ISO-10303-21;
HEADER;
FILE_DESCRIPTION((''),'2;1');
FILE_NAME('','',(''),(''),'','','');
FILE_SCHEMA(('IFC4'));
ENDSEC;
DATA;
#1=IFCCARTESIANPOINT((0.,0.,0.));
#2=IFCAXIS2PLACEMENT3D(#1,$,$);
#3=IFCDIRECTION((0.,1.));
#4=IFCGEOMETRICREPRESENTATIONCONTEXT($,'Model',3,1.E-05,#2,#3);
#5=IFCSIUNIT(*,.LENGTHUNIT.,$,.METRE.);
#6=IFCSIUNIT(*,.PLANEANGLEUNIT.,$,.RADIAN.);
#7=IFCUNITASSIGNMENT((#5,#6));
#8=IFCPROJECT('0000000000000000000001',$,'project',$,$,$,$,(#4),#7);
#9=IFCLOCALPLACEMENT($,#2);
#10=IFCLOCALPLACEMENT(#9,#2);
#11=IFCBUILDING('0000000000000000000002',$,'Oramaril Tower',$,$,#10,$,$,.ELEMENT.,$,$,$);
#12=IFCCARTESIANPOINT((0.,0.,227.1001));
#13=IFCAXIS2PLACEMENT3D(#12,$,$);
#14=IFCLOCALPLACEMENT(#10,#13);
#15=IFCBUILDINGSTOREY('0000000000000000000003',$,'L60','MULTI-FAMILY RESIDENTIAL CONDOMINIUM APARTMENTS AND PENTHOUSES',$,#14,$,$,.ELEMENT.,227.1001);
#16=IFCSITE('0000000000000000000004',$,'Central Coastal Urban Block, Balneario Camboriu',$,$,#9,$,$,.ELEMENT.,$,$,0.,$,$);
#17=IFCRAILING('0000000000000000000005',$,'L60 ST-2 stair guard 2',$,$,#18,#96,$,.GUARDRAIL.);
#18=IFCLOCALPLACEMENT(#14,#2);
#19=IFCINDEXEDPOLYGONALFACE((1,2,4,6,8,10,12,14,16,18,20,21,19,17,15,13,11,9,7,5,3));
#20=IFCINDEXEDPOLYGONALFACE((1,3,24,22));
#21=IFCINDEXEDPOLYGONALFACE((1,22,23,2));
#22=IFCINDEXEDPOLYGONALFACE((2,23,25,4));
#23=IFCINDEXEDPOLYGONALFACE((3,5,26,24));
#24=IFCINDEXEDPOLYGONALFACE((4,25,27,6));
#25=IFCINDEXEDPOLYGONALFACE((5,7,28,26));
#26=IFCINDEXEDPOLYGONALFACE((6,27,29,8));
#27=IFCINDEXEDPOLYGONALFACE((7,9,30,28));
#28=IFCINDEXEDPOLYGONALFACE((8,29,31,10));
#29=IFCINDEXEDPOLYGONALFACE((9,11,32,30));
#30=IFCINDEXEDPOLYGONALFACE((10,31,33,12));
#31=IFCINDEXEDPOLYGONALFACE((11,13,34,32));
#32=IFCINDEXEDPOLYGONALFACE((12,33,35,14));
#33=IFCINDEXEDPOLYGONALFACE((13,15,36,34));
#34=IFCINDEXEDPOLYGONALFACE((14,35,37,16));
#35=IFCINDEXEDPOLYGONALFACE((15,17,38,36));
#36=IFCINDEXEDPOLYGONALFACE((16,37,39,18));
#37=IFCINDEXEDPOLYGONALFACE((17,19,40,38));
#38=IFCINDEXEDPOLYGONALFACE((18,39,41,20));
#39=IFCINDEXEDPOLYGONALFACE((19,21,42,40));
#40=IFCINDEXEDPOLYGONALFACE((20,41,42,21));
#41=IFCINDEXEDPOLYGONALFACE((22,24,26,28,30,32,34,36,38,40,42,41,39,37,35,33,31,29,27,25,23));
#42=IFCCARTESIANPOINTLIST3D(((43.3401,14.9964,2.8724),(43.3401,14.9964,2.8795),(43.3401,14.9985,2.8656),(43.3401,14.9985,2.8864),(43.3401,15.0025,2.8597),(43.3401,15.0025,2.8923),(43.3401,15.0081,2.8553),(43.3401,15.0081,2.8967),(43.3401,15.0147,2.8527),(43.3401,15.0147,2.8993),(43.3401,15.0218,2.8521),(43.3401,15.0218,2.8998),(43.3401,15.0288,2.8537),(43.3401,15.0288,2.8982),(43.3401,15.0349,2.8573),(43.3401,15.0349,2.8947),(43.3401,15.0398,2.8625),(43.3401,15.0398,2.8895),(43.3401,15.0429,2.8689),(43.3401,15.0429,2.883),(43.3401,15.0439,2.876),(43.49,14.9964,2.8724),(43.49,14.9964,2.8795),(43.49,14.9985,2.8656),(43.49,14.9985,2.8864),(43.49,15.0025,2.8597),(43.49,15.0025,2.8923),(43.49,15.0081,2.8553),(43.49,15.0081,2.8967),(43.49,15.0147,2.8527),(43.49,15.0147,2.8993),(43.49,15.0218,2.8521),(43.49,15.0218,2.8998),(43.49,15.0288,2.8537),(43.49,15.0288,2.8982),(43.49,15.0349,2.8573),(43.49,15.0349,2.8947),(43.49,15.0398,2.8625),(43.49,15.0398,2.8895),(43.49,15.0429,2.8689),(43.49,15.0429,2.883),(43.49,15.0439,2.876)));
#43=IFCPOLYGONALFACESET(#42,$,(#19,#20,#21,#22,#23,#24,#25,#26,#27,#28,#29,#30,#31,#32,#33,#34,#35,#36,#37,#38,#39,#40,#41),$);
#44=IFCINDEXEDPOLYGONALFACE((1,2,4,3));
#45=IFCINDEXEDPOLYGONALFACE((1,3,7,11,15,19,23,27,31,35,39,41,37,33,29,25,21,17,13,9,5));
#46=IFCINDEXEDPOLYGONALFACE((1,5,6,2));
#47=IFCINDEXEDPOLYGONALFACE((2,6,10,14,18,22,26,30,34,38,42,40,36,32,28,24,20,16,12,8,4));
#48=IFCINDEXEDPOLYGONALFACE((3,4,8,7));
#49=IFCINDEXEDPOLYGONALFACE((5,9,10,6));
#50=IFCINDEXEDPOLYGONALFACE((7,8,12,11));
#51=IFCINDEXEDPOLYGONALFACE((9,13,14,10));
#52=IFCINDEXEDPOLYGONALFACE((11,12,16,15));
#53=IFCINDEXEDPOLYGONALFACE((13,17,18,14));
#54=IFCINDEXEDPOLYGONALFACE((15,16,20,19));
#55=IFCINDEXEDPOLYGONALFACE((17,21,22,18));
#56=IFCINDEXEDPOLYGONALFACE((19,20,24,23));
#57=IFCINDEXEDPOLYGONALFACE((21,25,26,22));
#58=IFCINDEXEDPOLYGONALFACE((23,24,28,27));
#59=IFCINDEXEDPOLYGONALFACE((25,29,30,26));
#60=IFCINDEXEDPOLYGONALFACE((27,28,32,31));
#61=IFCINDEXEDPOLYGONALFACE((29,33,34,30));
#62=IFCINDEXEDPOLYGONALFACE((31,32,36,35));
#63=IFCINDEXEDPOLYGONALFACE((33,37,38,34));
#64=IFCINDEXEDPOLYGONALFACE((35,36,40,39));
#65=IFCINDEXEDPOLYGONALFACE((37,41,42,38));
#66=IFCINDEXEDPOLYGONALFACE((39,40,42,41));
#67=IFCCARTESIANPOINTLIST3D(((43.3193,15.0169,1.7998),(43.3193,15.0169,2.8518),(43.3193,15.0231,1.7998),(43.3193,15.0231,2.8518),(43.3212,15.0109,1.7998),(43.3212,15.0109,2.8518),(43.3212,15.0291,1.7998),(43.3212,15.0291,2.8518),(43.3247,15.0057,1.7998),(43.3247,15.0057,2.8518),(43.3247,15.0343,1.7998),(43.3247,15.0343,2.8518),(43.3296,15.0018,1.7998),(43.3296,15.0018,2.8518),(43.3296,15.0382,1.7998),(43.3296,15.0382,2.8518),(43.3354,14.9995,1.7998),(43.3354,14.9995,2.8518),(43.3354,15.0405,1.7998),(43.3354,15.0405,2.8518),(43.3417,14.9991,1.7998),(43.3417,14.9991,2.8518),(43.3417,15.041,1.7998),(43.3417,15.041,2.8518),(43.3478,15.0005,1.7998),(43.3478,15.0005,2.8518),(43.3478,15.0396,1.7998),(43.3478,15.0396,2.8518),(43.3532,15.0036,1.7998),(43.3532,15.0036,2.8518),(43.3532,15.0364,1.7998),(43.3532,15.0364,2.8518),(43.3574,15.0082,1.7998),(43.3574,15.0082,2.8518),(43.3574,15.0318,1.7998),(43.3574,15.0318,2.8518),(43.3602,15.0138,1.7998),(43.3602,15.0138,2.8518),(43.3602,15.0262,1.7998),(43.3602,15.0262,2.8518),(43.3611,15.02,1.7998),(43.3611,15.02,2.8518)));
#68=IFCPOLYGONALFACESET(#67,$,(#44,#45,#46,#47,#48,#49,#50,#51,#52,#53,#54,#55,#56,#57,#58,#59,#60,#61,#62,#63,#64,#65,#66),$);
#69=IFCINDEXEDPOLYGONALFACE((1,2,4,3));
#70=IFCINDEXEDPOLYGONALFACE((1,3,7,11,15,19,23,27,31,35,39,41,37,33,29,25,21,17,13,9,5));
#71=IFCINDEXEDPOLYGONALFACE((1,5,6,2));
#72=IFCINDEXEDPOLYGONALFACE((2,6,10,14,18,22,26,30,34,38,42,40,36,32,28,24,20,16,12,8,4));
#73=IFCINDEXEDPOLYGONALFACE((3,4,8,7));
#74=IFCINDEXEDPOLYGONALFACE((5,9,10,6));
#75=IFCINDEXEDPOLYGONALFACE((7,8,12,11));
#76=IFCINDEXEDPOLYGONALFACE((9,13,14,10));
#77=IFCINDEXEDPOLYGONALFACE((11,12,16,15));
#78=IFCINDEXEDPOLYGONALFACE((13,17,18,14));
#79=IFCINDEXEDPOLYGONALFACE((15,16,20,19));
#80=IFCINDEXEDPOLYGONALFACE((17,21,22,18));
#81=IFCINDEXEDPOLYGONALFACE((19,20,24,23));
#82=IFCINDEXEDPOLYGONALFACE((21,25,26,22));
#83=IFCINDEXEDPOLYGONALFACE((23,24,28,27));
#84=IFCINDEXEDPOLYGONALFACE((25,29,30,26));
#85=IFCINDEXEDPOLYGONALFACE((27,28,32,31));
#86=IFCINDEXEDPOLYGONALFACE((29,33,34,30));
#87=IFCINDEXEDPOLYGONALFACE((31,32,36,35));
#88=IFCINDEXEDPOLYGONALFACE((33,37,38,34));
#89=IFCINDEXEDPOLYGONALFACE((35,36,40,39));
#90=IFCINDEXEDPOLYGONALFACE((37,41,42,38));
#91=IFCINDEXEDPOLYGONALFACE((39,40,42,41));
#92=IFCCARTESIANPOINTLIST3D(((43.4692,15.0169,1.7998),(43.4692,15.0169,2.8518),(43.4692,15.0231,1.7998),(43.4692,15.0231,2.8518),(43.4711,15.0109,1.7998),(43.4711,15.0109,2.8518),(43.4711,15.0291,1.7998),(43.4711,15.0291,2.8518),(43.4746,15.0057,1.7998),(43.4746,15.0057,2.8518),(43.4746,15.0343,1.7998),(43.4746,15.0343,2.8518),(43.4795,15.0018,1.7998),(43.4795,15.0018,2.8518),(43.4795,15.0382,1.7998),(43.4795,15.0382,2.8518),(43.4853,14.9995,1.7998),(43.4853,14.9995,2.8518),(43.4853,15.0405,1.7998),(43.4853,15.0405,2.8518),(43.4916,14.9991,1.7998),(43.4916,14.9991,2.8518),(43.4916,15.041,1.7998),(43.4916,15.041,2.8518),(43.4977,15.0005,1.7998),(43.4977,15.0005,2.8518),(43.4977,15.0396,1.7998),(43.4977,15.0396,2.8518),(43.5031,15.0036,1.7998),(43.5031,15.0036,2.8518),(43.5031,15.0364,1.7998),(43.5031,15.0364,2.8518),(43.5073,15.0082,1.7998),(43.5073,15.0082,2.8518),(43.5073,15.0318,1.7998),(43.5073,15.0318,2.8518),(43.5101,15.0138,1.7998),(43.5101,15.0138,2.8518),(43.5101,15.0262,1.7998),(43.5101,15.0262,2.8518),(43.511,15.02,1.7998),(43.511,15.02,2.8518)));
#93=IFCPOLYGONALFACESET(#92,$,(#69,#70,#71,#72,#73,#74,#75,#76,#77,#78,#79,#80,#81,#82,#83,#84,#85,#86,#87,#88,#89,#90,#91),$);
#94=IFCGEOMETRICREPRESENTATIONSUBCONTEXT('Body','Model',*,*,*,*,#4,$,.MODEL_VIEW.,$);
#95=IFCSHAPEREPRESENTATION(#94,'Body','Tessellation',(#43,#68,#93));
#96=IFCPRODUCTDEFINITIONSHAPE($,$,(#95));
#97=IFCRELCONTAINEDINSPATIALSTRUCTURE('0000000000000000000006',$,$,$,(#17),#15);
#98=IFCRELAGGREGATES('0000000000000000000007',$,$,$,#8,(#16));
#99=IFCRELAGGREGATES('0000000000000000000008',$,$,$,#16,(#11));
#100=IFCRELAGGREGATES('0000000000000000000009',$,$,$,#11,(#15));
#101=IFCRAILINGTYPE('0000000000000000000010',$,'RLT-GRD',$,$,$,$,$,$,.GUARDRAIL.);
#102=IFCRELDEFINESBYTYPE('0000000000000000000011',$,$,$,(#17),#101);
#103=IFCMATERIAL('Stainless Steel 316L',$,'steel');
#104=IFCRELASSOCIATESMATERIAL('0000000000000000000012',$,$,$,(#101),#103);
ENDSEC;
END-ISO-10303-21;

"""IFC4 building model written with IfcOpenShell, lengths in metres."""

from ifc_helpers import new_model, si_unit, direction, frame, origin, origin_2d, place, context, subcontext, project, spatial, circle, extrude, material, type_object, element, save


model = new_model("IFC4")

# Units and contexts
model_context = context("Model", 3, precision=1e-05, world=origin(), true_north=direction((0.0, 1.0)))
body_context = subcontext(model_context, "Body", "Model", "MODEL_VIEW")
ifc_project = project(units=[si_unit("LENGTHUNIT", "METRE"), si_unit("PLANEANGLEUNIT", "RADIAN")], contexts=[model_context])

# Site, building, storey
site_placement = place(None, origin())
site = spatial("IfcSite", under=ifc_project, at=site_placement, Name="Central Coastal Urban Block, Balneario Camboriu", CompositionType="ELEMENT", RefElevation=0.0)
building_placement = place(site_placement, origin())
building = spatial("IfcBuilding", under=site, at=building_placement, Name="Oramaril Tower", CompositionType="ELEMENT")
storey_placement = place(building_placement, frame((0.0, 0.0, 227.1001)))
storey = spatial("IfcBuildingStorey", under=building, at=storey_placement, Name="L60", Description="MULTI-FAMILY RESIDENTIAL CONDOMINIUM APARTMENTS AND PENTHOUSES", CompositionType="ELEMENT", Elevation=227.1001)

# Railing
ifc_material_1 = material(Name="Stainless Steel 316L", Category="steel")
railing_type_1 = type_object("IfcRailingType", Name="RLT-GRD", PredefinedType="GUARDRAIL", material=ifc_material_1)
railing_1_placement = place(storey_placement, frame((43.3401, 15.02, 1.7998)))
element("IfcRailing", 1, at=railing_1_placement, inside=storey, type_object=railing_type_1, Name="L60 ST-2 stair guard 2", PredefinedType="GUARDRAIL", context=body_context, shape_type="SweptSolid", body=[
    extrude(circle(Radius=0.0239, at=origin_2d()), frame((0.0, 0.0, 1.0762), z_axis=(1.0, 0.0, 0.0), x_axis=(0.0, 1.0, 0.0)), (0.0, 0.0, 1.0), 0.1499),
    extrude(circle(Radius=0.021, at=origin_2d()), origin(), (0.0, 0.0, 1.0), 1.052),
    extrude(circle(Radius=0.021, at=origin_2d()), frame((0.1499, 0.0, 0.0)), (0.0, 0.0, 1.0), 1.052),
])

save(model, "model.ifc")
